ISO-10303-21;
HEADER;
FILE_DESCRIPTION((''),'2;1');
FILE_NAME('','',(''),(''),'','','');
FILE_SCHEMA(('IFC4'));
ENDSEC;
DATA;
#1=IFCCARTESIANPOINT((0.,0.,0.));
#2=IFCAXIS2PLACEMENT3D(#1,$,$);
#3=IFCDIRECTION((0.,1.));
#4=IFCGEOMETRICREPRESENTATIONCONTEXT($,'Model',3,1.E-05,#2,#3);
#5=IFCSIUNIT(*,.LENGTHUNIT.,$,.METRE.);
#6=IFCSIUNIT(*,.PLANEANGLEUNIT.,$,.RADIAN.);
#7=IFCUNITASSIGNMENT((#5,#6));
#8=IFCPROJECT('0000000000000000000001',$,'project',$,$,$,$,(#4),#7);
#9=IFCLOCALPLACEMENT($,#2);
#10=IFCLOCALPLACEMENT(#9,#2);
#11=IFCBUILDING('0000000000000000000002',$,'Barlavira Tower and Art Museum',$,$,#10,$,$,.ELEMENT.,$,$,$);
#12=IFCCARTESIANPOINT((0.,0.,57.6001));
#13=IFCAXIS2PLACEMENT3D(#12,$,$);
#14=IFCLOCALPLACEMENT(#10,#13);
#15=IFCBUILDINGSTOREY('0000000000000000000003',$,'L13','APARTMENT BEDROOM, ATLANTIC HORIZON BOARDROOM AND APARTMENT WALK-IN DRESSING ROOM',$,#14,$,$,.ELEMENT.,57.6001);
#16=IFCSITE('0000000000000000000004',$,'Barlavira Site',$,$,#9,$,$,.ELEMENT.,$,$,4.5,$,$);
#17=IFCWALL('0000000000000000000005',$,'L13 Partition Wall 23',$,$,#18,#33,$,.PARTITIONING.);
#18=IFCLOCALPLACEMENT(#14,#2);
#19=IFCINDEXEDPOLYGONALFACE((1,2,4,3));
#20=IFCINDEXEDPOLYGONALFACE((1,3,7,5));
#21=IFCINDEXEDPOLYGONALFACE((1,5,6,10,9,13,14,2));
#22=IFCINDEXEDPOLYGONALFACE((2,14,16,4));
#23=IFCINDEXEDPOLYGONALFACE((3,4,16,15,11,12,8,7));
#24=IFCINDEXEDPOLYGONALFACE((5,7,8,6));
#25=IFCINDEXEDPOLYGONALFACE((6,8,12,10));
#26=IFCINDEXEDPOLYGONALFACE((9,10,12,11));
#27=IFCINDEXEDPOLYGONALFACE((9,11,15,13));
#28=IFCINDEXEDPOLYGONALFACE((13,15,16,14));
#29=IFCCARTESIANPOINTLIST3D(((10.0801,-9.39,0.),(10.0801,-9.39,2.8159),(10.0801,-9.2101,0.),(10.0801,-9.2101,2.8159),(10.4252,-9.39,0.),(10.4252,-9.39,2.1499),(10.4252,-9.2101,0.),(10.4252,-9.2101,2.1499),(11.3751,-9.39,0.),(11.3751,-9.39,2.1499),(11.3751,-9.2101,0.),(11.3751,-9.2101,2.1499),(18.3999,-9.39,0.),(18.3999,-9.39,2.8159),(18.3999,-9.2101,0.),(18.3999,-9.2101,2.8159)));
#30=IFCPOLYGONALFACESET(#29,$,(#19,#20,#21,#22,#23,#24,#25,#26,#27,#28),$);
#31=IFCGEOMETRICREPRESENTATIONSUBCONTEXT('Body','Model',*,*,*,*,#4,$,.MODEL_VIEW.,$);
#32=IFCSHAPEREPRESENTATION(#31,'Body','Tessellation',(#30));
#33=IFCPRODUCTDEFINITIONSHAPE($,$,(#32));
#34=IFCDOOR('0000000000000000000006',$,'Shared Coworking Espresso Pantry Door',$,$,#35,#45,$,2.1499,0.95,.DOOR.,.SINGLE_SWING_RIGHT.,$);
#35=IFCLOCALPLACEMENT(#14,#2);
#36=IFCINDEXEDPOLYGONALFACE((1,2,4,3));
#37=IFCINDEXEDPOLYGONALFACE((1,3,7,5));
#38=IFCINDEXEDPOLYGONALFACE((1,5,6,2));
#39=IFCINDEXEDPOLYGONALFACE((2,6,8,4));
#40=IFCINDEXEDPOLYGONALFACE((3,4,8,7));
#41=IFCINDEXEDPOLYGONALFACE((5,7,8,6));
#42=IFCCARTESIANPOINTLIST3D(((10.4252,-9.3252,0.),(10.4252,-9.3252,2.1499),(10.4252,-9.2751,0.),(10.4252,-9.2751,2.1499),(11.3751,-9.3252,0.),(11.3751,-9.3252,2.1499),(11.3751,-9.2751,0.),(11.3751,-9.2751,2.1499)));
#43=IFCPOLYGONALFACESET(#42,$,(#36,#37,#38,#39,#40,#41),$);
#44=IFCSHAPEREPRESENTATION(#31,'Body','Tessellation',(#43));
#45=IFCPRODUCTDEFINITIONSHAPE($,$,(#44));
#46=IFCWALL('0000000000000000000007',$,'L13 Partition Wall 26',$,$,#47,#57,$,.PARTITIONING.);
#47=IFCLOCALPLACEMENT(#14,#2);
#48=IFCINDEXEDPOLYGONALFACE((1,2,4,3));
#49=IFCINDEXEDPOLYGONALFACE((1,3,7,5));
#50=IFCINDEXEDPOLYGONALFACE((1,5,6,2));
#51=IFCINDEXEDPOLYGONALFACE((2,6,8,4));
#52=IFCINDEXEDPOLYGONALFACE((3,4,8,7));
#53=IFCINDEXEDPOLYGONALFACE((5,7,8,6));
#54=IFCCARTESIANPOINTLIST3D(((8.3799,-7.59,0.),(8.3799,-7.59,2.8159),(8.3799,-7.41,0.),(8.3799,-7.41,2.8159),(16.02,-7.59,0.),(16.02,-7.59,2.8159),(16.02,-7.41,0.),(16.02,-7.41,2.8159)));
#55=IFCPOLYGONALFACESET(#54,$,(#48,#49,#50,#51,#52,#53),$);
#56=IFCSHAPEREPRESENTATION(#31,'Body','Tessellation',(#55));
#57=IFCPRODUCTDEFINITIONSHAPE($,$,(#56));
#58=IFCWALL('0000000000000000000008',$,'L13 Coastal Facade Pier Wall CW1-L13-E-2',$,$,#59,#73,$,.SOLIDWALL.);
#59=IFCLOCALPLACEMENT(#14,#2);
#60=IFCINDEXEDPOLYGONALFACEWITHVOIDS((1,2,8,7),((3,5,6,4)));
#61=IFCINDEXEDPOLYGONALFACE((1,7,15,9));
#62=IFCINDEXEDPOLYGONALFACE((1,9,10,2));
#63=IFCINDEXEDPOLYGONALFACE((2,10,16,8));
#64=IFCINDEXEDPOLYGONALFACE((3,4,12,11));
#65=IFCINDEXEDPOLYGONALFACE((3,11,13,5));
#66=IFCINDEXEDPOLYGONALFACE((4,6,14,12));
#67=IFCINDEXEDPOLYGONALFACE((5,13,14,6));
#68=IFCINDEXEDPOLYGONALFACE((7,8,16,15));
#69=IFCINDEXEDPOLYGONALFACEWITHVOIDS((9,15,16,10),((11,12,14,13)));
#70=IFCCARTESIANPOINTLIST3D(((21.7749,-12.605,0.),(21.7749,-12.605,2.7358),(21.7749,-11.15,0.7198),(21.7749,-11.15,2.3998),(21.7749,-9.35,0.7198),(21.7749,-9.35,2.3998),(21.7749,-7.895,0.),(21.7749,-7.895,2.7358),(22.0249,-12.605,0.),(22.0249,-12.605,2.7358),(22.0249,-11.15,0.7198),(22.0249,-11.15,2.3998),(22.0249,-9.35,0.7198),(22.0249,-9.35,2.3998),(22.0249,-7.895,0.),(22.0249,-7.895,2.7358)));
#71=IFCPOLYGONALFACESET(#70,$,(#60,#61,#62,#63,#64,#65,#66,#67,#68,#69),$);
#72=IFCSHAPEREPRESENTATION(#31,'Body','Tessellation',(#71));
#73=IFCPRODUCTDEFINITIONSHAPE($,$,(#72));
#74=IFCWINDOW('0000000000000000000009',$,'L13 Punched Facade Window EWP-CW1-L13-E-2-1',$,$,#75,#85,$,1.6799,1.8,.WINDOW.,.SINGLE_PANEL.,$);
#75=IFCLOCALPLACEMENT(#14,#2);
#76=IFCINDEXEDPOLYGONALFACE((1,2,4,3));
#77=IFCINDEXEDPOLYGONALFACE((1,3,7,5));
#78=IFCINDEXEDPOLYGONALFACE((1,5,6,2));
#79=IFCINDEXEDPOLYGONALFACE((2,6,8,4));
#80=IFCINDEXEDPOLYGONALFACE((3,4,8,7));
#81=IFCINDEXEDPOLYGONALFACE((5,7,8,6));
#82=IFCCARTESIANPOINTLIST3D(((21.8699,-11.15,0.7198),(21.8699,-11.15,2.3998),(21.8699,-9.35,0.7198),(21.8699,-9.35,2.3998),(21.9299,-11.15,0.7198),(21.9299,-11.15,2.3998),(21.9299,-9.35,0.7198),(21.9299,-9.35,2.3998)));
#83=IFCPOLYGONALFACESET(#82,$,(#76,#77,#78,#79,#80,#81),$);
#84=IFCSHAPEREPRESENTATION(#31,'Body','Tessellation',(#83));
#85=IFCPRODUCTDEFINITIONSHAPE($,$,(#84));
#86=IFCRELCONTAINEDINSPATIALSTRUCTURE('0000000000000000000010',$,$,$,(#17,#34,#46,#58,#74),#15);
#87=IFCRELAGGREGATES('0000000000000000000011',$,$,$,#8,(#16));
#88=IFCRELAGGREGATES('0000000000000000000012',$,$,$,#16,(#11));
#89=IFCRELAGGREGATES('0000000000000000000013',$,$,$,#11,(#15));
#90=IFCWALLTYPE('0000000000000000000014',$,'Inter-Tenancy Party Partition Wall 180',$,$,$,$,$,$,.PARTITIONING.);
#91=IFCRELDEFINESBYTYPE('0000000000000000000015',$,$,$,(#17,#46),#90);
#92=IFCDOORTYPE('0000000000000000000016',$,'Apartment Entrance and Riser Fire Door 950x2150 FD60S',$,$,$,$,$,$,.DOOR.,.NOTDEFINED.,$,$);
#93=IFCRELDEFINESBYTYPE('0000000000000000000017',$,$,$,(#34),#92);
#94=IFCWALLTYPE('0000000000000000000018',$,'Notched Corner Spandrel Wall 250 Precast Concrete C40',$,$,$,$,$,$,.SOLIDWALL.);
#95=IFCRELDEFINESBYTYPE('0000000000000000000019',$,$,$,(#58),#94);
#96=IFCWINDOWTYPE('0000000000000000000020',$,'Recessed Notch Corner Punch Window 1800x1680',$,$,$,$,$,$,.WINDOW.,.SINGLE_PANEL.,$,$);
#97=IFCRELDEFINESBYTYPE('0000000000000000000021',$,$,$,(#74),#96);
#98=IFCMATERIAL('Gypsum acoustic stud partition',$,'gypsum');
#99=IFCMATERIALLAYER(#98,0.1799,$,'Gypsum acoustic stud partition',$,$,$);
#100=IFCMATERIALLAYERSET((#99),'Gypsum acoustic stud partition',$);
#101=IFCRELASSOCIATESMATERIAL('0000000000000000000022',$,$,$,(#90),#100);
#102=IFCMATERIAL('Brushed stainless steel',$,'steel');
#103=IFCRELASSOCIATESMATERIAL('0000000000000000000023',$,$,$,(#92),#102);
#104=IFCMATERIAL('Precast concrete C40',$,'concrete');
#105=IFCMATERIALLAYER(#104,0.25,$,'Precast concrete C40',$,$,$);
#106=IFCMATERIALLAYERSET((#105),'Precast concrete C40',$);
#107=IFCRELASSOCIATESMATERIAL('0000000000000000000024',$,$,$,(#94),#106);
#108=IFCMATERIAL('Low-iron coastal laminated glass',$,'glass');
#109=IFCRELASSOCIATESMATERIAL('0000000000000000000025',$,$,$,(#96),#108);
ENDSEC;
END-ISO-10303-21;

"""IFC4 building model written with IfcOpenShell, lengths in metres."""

from ifc_helpers import new_model, si_unit, direction, frame, frame_2d, origin, place, context, subcontext, project, spatial, rectangle, extrude, material, layer, layer_set, type_object, element, fill, save


model = new_model("IFC4")

# Units and contexts
model_context = context("Model", 3, precision=1e-05, world=origin(), true_north=direction((0.0, 1.0)))
body_context = subcontext(model_context, "Body", "Model", "MODEL_VIEW")
ifc_project = project(units=[si_unit("LENGTHUNIT", "METRE"), si_unit("PLANEANGLEUNIT", "RADIAN")], contexts=[model_context])

# Site, building, storey
site_placement = place(None, origin())
site = spatial("IfcSite", under=ifc_project, at=site_placement, Name="Barlavira Site", CompositionType="ELEMENT", RefElevation=4.5)
building_placement = place(site_placement, origin())
building = spatial("IfcBuilding", under=site, at=building_placement, Name="Barlavira Tower and Art Museum", CompositionType="ELEMENT")
storey_placement = place(building_placement, frame((0.0, 0.0, 57.6001)))
storey = spatial("IfcBuildingStorey", under=building, at=storey_placement, Name="L13", Description="APARTMENT BEDROOM, ATLANTIC HORIZON BOARDROOM AND APARTMENT WALK-IN DRESSING ROOM", CompositionType="ELEMENT", Elevation=57.6001)

# Wall, opening, door
ifc_material_1 = material(Name="Gypsum acoustic stud partition", Category="gypsum")
ifc_layer_1 = layer(ifc_material_1, 0.1799, Name="Gypsum acoustic stud partition")
ifc_layer_set_1 = layer_set([ifc_layer_1], Name="Gypsum acoustic stud partition")
wall_type_1 = type_object("IfcWallType", Name="Inter-Tenancy Party Partition Wall 180", PredefinedType="PARTITIONING", material=ifc_layer_set_1)
ifc_material_2 = material(Name="Brushed stainless steel", Category="steel")
door_type = type_object("IfcDoorType", Name="Apartment Entrance and Riser Fire Door 950x2150 FD60S", OperationType="NOTDEFINED", PredefinedType="DOOR", material=ifc_material_2)
wall_1_placement = place(storey_placement, frame((10.0801, -9.3, 0.0), z_axis=(0.0, 0.0, 1.0), x_axis=(1.0, 0.0, 0.0)))
wall_1 = element("IfcWall", 1, at=wall_1_placement, inside=storey, type_object=wall_type_1, Name="L13 Partition Wall 23", PredefinedType="PARTITIONING", context=body_context, shape_type="SweptSolid", body=[
    extrude(rectangle(XDim=8.3198, YDim=0.1799, at=frame_2d((4.1599, 0.0))), origin(), (0.0, 0.0, 1.0), 2.8159),
])
opening_1_placement = place(wall_1_placement, frame((0.345, 0.0, 0.0)))
opening_1 = element("IfcOpeningElement", 2, at=opening_1_placement, cuts=wall_1, PredefinedType="OPENING", context=body_context, shape_type="SweptSolid", body=[
    extrude(rectangle(XDim=0.95, YDim=2.1499, at=frame_2d((0.4751, 1.075))), frame((0.0, 0.1001, 0.0), z_axis=(0.0, -1.0, 0.0), x_axis=(1.0, 0.0, 0.0)), (0.0, 0.0, 1.0), 0.2),
])
door_1_placement = place(opening_1_placement, origin())
door_1 = element("IfcDoor", 3, at=door_1_placement, inside=storey, type_object=door_type, Name="Shared Coworking Espresso Pantry Door", OperationType="SINGLE_SWING_RIGHT", OverallHeight=2.1499, OverallWidth=0.95, PredefinedType="DOOR", context=body_context, shape_type="SweptSolid", body=[
    extrude(rectangle(XDim=0.95, YDim=2.1499, at=frame_2d((0.4751, 1.075))), frame((0.0, 0.0249, 0.0), z_axis=(0.0, -1.0, 0.0), x_axis=(1.0, 0.0, 0.0)), (0.0, 0.0, 1.0), 0.05),
])
fill(opening_1, door_1)

# Wall
wall_2_placement = place(storey_placement, frame((8.3799, -7.5, 0.0), z_axis=(0.0, 0.0, 1.0), x_axis=(1.0, 0.0, 0.0)))
element("IfcWall", 4, at=wall_2_placement, inside=storey, type_object=wall_type_1, Name="L13 Partition Wall 26", PredefinedType="PARTITIONING", context=body_context, shape_type="SweptSolid", body=[
    extrude(rectangle(XDim=7.6401, YDim=0.1799, at=frame_2d((3.8201, 0.0))), origin(), (0.0, 0.0, 1.0), 2.8159),
])

# Wall, opening, window
ifc_material_3 = material(Name="Precast concrete C40", Category="concrete")
ifc_layer_2 = layer(ifc_material_3, 0.25, Name="Precast concrete C40")
ifc_layer_set_2 = layer_set([ifc_layer_2], Name="Precast concrete C40")
wall_type_2 = type_object("IfcWallType", Name="Notched Corner Spandrel Wall 250 Precast Concrete C40", PredefinedType="SOLIDWALL", material=ifc_layer_set_2)
wall_3_placement = place(storey_placement, frame((21.8999, -12.605, 0.0), z_axis=(0.0, 0.0, 1.0), x_axis=(0.0, 1.0, 0.0)))
wall_3 = element("IfcWall", 5, at=wall_3_placement, inside=storey, type_object=wall_type_2, Name="L13 Coastal Facade Pier Wall CW1-L13-E-2", PredefinedType="SOLIDWALL", context=body_context, shape_type="SweptSolid", body=[
    extrude(rectangle(XDim=4.71, YDim=0.25, at=frame_2d((2.355, 0.0))), origin(), (0.0, 0.0, 1.0), 2.7358),
])
opening_2_placement = place(wall_3_placement, frame((1.4551, 0.0, 0.72)))
opening_2 = element("IfcOpeningElement", 6, at=opening_2_placement, cuts=wall_3, PredefinedType="OPENING", context=body_context, shape_type="SweptSolid", body=[
    extrude(rectangle(XDim=1.8, YDim=1.6799, at=frame_2d((0.8999, 0.8398))), frame((0.0, 0.135, 0.0), z_axis=(0.0, -1.0, 0.0), x_axis=(1.0, 0.0, 0.0)), (0.0, 0.0, 1.0), 0.27),
])
ifc_material_4 = material(Name="Low-iron coastal laminated glass", Category="glass")
window_type = type_object("IfcWindowType", Name="Recessed Notch Corner Punch Window 1800x1680", PartitioningType="SINGLE_PANEL", PredefinedType="WINDOW", material=ifc_material_4)
window_placement = place(opening_2_placement, origin())
window = element("IfcWindow", 7, at=window_placement, inside=storey, type_object=window_type, Name="L13 Punched Facade Window EWP-CW1-L13-E-2-1", OverallHeight=1.6799, OverallWidth=1.8, PartitioningType="SINGLE_PANEL", PredefinedType="WINDOW", context=body_context, shape_type="SweptSolid", body=[
    extrude(rectangle(XDim=1.8, YDim=1.6799, at=frame_2d((0.8999, 0.8398))), frame((0.0, 0.03, 0.0), z_axis=(0.0, -1.0, 0.0), x_axis=(1.0, 0.0, 0.0)), (0.0, 0.0, 1.0), 0.0601),
])
fill(opening_2, window)

save(model, "model.ifc")
